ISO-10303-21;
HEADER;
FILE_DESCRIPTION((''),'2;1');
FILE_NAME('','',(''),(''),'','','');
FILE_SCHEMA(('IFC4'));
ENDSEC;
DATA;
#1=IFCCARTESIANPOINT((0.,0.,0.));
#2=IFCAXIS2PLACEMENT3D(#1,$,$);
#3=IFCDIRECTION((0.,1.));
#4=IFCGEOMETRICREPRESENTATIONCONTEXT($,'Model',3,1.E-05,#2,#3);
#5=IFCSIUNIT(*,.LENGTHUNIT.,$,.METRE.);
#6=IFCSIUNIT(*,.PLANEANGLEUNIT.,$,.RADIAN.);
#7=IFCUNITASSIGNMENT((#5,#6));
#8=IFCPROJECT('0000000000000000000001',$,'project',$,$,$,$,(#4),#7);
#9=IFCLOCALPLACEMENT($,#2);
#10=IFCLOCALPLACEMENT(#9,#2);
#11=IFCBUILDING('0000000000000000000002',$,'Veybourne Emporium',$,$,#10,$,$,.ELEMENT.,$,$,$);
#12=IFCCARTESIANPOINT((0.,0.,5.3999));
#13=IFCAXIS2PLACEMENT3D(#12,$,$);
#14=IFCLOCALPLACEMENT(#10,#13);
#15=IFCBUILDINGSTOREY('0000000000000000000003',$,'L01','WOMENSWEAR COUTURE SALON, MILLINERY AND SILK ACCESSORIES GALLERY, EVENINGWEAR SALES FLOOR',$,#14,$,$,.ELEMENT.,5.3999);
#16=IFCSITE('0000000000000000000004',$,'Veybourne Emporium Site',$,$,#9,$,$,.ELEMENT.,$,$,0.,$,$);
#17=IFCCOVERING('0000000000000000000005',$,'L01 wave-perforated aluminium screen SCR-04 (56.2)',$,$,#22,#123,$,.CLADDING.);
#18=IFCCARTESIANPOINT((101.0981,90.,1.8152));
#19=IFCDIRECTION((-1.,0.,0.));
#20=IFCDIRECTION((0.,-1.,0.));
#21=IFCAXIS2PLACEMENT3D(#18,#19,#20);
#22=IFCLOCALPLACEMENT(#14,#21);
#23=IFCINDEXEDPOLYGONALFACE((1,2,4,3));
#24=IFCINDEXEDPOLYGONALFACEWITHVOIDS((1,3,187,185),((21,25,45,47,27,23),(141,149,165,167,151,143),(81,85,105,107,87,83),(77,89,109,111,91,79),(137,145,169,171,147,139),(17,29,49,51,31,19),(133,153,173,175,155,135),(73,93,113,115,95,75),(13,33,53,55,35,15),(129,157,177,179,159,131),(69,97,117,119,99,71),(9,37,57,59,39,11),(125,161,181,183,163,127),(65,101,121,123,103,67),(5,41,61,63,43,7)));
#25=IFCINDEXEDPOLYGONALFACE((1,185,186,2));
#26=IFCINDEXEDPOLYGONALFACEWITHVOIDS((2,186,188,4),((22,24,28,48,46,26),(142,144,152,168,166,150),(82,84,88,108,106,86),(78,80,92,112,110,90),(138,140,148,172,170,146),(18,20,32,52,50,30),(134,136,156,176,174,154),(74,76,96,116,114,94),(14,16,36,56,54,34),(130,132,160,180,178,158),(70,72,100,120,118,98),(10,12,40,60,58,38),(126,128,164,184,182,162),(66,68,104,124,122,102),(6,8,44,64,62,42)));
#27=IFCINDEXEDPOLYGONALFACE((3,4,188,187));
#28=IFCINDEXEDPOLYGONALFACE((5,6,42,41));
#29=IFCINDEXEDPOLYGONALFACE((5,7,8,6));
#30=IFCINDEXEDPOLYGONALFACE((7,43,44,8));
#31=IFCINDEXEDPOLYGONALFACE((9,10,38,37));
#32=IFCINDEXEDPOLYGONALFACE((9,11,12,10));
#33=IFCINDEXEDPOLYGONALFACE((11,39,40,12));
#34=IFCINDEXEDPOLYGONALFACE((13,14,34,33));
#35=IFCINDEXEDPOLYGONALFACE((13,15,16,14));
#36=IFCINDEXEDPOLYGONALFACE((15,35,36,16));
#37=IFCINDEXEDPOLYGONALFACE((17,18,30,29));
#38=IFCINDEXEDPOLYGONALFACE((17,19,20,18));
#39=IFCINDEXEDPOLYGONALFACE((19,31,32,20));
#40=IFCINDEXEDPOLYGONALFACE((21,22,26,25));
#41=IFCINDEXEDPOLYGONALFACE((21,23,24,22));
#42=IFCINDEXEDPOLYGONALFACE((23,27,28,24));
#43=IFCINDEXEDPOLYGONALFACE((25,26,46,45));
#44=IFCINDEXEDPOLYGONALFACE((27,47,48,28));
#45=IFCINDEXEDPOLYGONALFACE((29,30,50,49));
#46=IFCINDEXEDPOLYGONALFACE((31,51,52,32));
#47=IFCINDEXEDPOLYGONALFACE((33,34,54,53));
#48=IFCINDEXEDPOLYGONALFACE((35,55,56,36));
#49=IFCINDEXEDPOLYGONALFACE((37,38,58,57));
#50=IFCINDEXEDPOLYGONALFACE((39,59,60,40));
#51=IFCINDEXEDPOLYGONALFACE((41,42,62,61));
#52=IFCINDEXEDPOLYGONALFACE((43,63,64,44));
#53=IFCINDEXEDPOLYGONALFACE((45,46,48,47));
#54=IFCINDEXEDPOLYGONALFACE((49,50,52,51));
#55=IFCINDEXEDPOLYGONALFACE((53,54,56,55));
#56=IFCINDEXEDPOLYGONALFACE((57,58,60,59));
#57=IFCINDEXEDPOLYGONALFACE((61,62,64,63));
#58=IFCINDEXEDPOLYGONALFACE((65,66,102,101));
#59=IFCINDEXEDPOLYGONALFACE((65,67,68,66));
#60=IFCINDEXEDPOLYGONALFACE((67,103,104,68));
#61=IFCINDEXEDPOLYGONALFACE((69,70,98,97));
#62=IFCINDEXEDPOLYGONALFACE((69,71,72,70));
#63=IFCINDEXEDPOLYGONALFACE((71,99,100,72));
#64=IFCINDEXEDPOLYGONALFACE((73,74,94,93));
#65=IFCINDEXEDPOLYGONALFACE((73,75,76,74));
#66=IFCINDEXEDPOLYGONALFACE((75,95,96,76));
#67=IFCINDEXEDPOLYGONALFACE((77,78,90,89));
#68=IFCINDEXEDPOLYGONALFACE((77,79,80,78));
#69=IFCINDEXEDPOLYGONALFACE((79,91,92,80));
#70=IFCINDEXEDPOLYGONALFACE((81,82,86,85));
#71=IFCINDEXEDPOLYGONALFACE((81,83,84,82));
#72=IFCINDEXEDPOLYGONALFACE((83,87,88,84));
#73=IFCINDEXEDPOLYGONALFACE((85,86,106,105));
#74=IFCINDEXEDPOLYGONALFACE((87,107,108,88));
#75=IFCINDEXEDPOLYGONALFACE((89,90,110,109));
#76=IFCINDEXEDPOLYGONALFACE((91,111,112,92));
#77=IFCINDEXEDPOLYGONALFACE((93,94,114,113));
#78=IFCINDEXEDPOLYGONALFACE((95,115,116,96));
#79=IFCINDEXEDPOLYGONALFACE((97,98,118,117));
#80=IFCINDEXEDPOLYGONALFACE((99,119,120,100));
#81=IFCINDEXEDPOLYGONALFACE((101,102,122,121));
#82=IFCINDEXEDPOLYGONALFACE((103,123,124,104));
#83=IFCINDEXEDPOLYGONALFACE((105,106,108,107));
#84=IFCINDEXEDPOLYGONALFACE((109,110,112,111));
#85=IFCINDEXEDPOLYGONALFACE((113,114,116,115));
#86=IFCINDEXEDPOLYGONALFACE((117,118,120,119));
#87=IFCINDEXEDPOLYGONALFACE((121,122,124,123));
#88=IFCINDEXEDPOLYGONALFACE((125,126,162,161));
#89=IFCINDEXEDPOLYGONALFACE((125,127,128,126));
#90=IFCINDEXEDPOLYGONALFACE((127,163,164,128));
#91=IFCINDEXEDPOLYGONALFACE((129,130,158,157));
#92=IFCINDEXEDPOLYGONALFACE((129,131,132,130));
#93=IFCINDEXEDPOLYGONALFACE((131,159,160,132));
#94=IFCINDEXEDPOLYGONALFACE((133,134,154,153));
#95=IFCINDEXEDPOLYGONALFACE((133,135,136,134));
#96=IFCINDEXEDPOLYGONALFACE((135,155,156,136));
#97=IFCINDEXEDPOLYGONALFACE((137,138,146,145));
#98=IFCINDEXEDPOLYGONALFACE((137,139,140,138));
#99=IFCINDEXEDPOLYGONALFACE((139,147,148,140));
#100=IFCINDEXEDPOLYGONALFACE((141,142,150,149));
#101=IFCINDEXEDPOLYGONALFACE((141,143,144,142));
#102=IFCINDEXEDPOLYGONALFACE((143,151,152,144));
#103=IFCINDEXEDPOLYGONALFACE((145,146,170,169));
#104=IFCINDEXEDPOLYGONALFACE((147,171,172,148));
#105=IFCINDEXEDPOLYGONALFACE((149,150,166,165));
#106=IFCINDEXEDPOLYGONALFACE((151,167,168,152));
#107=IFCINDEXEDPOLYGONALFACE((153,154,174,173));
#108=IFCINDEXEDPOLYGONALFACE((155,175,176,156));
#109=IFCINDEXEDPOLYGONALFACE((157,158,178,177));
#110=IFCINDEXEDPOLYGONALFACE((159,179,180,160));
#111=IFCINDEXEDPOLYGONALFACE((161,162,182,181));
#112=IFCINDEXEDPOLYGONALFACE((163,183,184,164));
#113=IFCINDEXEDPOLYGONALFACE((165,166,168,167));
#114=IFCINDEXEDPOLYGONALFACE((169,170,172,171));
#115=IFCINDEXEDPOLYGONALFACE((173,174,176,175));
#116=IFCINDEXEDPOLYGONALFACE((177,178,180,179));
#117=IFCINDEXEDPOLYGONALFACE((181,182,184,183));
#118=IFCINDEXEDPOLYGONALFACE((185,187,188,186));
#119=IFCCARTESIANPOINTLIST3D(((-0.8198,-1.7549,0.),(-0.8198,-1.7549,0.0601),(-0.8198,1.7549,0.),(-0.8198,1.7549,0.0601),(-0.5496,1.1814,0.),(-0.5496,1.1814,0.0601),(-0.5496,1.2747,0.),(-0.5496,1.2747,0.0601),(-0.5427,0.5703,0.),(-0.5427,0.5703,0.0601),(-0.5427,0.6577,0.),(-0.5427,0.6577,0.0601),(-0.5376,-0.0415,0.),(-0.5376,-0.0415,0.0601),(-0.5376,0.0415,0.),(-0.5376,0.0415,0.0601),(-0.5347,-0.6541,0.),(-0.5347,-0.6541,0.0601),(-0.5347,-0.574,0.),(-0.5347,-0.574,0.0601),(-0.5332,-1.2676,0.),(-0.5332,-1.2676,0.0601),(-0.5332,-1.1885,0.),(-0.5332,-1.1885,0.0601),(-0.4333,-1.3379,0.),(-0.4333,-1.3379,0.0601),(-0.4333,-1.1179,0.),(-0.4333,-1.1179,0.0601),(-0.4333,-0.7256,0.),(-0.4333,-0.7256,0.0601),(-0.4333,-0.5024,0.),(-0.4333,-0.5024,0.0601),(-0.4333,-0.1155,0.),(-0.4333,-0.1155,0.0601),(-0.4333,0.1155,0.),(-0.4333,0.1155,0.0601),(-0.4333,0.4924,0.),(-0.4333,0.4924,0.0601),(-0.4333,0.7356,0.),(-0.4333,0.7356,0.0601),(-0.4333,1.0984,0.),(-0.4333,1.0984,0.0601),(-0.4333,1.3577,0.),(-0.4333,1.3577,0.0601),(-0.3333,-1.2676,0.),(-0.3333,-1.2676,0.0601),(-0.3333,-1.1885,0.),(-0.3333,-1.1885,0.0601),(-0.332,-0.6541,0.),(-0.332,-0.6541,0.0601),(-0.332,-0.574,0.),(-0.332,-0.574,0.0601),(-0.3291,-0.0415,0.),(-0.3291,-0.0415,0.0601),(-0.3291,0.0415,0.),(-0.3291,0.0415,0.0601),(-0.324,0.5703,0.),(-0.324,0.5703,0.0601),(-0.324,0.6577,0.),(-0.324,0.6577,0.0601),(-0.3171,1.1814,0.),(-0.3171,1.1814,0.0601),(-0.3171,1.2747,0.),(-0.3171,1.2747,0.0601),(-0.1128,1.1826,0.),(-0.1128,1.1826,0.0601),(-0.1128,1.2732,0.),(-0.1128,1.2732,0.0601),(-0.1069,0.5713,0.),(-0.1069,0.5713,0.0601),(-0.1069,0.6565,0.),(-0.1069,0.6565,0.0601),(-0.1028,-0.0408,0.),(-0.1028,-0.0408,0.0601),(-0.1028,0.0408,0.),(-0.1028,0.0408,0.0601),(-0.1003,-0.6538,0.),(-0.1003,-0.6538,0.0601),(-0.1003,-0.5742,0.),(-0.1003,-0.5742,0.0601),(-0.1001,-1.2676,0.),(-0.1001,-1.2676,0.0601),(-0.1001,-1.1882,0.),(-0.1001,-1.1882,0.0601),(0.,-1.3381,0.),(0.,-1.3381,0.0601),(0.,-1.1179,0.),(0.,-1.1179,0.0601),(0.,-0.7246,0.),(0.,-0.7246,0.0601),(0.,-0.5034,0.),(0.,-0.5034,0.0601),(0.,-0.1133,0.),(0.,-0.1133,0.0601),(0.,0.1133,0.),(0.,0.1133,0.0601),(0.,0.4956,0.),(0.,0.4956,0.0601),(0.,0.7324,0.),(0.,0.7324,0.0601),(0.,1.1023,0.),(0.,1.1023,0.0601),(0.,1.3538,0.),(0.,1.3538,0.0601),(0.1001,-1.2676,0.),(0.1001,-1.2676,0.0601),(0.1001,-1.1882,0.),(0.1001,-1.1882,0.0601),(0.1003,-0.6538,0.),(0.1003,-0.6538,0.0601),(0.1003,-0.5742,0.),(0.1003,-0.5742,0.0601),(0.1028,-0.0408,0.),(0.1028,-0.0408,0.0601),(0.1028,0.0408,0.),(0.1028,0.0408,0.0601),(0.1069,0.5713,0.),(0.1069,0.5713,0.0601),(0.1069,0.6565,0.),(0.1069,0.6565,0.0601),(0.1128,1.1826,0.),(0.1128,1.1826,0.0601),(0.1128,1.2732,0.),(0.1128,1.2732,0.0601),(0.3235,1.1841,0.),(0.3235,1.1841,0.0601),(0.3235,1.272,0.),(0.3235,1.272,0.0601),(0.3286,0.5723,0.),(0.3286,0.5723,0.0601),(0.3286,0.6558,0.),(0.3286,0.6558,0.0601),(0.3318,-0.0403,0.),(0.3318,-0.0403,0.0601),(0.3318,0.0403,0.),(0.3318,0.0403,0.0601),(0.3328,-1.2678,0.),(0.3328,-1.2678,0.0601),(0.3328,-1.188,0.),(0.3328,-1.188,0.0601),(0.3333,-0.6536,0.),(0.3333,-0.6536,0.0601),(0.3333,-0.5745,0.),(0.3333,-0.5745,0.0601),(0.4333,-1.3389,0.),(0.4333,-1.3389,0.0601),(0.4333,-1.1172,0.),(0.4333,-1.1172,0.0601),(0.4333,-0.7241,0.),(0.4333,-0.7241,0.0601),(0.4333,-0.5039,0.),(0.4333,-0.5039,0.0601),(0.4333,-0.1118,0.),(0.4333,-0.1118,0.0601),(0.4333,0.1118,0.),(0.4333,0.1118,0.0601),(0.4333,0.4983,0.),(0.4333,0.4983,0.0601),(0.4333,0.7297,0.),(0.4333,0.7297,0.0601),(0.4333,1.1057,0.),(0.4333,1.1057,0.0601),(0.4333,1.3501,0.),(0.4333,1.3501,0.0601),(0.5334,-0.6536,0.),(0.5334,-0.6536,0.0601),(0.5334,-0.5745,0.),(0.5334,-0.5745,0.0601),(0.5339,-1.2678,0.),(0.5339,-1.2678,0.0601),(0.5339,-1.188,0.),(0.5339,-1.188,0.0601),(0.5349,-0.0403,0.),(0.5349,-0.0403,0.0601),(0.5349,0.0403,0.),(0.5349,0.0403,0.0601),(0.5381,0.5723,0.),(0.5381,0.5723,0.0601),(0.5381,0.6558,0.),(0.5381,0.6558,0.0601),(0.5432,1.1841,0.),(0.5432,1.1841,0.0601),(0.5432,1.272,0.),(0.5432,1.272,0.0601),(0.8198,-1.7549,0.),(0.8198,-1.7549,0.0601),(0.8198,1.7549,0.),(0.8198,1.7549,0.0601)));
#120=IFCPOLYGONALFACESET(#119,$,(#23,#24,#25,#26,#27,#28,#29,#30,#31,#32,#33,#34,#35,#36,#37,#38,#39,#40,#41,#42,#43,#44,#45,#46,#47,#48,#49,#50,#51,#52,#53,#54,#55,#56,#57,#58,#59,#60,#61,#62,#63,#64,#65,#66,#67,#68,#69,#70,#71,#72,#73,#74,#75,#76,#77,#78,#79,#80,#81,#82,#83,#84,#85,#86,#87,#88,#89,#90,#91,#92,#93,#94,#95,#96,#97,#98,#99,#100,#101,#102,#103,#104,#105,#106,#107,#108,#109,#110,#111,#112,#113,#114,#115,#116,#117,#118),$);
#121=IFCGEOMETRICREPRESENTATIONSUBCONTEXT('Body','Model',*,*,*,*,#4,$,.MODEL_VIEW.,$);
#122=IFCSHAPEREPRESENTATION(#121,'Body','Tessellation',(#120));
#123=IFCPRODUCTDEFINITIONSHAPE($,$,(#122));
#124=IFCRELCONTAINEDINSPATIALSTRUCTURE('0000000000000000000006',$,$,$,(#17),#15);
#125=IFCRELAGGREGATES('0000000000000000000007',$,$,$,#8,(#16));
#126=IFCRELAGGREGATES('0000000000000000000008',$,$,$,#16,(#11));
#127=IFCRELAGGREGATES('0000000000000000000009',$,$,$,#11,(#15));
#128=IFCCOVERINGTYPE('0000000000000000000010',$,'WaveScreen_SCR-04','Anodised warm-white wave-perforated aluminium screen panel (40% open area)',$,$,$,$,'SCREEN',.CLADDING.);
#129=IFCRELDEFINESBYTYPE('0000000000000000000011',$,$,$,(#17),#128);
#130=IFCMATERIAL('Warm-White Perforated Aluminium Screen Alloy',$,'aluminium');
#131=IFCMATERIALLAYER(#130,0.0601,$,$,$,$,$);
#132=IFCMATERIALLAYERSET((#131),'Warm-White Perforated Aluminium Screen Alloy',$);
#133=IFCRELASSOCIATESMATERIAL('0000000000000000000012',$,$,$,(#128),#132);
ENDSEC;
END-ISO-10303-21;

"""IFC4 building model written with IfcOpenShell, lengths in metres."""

from ifc_helpers import new_model, si_unit, direction, frame, origin, place, context, subcontext, project, spatial, polyline, outline, extrude, material, layer, layer_set, type_object, element, save


model = new_model("IFC4")

# Units and contexts
model_context = context("Model", 3, precision=1e-05, world=origin(), true_north=direction((0.0, 1.0)))
body_context = subcontext(model_context, "Body", "Model", "MODEL_VIEW")
ifc_project = project(units=[si_unit("LENGTHUNIT", "METRE"), si_unit("PLANEANGLEUNIT", "RADIAN")], contexts=[model_context])

# Site, building, storey
site_placement = place(None, origin())
site = spatial("IfcSite", under=ifc_project, at=site_placement, Name="Veybourne Emporium Site", CompositionType="ELEMENT", RefElevation=0.0)
building_placement = place(site_placement, origin())
building = spatial("IfcBuilding", under=site, at=building_placement, Name="Veybourne Emporium", CompositionType="ELEMENT")
storey_placement = place(building_placement, frame((0.0, 0.0, 5.3999)))
storey = spatial("IfcBuildingStorey", under=building, at=storey_placement, Name="L01", Description="WOMENSWEAR COUTURE SALON, MILLINERY AND SILK ACCESSORIES GALLERY, EVENINGWEAR SALES FLOOR", CompositionType="ELEMENT", Elevation=5.3999)

# Covering
ifc_material_1 = material(Name="Warm-White Perforated Aluminium Screen Alloy", Category="aluminium")
ifc_layer_1 = layer(ifc_material_1, 0.0601)
ifc_layer_set_1 = layer_set([ifc_layer_1], Name="Warm-White Perforated Aluminium Screen Alloy")
covering_type_1 = type_object("IfcCoveringType", Name="WaveScreen_SCR-04", Description="Anodised warm-white wave-perforated aluminium screen panel (40% open area)", ElementType="SCREEN", PredefinedType="CLADDING", material=ifc_layer_set_1)
covering_1_placement = place(storey_placement, frame((101.0981, 90.0, 1.8152), z_axis=(-1.0, 0.0, 0.0), x_axis=(0.0, -1.0, 0.0)))
element("IfcCovering", 1, at=covering_1_placement, inside=storey, type_object=covering_type_1, Name="L01 wave-perforated aluminium screen SCR-04 (56.2)", PredefinedType="CLADDING", context=body_context, shape_type="SweptSolid", body=[
    extrude(outline(polyline([(-0.8198, -1.7549), (0.8198, -1.7549), (0.8198, 1.7549), (-0.8198, 1.7549), (-0.8198, -1.7549)]), holes=[polyline([(-0.4333, -1.1179), (-0.3333, -1.1885), (-0.3333, -1.2676), (-0.4333, -1.3379), (-0.5332, -1.2676), (-0.5332, -1.1885), (-0.4333, -1.1179)]), polyline([(-0.4333, -0.5024), (-0.332, -0.574), (-0.332, -0.6541), (-0.4333, -0.7256), (-0.5347, -0.6541), (-0.5347, -0.574), (-0.4333, -0.5024)]), polyline([(-0.4333, 0.1155), (-0.3291, 0.0415), (-0.3291, -0.0415), (-0.4333, -0.1155), (-0.5376, -0.0415), (-0.5376, 0.0415), (-0.4333, 0.1155)]), polyline([(-0.4333, 0.7356), (-0.324, 0.6577), (-0.324, 0.5703), (-0.4333, 0.4924), (-0.5427, 0.5703), (-0.5427, 0.6577), (-0.4333, 0.7356)]), polyline([(-0.4333, 1.3577), (-0.3171, 1.2747), (-0.3171, 1.1814), (-0.4333, 1.0984), (-0.5496, 1.1814), (-0.5496, 1.2747), (-0.4333, 1.3577)]), polyline([(0.0, -1.1179), (0.1001, -1.1882), (0.1001, -1.2676), (0.0, -1.3381), (-0.1001, -1.2676), (-0.1001, -1.1882), (0.0, -1.1179)]), polyline([(0.0, -0.5034), (0.1003, -0.5742), (0.1003, -0.6538), (0.0, -0.7246), (-0.1003, -0.6538), (-0.1003, -0.5742), (0.0, -0.5034)]), polyline([(0.0, 0.1133), (0.1028, 0.0408), (0.1028, -0.0408), (0.0, -0.1133), (-0.1028, -0.0408), (-0.1028, 0.0408), (0.0, 0.1133)]), polyline([(0.0, 0.7324), (0.1069, 0.6565), (0.1069, 0.5713), (0.0, 0.4956), (-0.1069, 0.5713), (-0.1069, 0.6565), (0.0, 0.7324)]), polyline([(0.0, 1.3538), (0.1128, 1.2732), (0.1128, 1.1826), (0.0, 1.1023), (-0.1128, 1.1826), (-0.1128, 1.2732), (0.0, 1.3538)]), polyline([(0.4333, -1.1172), (0.5339, -1.188), (0.5339, -1.2678), (0.4333, -1.3389), (0.3328, -1.2678), (0.3328, -1.188), (0.4333, -1.1172)]), polyline([(0.4333, -0.5039), (0.5334, -0.5745), (0.5334, -0.6536), (0.4333, -0.7241), (0.3333, -0.6536), (0.3333, -0.5745), (0.4333, -0.5039)]), polyline([(0.4333, 0.1118), (0.5349, 0.0403), (0.5349, -0.0403), (0.4333, -0.1118), (0.3318, -0.0403), (0.3318, 0.0403), (0.4333, 0.1118)]), polyline([(0.4333, 0.7297), (0.5381, 0.6558), (0.5381, 0.5723), (0.4333, 0.4983), (0.3286, 0.5723), (0.3286, 0.6558), (0.4333, 0.7297)]), polyline([(0.4333, 1.3501), (0.5432, 1.272), (0.5432, 1.1841), (0.4333, 1.1057), (0.3235, 1.1841), (0.3235, 1.272), (0.4333, 1.3501)])]), origin(), (0.0, 0.0, 1.0), 0.0601),
])

save(model, "model.ifc")
